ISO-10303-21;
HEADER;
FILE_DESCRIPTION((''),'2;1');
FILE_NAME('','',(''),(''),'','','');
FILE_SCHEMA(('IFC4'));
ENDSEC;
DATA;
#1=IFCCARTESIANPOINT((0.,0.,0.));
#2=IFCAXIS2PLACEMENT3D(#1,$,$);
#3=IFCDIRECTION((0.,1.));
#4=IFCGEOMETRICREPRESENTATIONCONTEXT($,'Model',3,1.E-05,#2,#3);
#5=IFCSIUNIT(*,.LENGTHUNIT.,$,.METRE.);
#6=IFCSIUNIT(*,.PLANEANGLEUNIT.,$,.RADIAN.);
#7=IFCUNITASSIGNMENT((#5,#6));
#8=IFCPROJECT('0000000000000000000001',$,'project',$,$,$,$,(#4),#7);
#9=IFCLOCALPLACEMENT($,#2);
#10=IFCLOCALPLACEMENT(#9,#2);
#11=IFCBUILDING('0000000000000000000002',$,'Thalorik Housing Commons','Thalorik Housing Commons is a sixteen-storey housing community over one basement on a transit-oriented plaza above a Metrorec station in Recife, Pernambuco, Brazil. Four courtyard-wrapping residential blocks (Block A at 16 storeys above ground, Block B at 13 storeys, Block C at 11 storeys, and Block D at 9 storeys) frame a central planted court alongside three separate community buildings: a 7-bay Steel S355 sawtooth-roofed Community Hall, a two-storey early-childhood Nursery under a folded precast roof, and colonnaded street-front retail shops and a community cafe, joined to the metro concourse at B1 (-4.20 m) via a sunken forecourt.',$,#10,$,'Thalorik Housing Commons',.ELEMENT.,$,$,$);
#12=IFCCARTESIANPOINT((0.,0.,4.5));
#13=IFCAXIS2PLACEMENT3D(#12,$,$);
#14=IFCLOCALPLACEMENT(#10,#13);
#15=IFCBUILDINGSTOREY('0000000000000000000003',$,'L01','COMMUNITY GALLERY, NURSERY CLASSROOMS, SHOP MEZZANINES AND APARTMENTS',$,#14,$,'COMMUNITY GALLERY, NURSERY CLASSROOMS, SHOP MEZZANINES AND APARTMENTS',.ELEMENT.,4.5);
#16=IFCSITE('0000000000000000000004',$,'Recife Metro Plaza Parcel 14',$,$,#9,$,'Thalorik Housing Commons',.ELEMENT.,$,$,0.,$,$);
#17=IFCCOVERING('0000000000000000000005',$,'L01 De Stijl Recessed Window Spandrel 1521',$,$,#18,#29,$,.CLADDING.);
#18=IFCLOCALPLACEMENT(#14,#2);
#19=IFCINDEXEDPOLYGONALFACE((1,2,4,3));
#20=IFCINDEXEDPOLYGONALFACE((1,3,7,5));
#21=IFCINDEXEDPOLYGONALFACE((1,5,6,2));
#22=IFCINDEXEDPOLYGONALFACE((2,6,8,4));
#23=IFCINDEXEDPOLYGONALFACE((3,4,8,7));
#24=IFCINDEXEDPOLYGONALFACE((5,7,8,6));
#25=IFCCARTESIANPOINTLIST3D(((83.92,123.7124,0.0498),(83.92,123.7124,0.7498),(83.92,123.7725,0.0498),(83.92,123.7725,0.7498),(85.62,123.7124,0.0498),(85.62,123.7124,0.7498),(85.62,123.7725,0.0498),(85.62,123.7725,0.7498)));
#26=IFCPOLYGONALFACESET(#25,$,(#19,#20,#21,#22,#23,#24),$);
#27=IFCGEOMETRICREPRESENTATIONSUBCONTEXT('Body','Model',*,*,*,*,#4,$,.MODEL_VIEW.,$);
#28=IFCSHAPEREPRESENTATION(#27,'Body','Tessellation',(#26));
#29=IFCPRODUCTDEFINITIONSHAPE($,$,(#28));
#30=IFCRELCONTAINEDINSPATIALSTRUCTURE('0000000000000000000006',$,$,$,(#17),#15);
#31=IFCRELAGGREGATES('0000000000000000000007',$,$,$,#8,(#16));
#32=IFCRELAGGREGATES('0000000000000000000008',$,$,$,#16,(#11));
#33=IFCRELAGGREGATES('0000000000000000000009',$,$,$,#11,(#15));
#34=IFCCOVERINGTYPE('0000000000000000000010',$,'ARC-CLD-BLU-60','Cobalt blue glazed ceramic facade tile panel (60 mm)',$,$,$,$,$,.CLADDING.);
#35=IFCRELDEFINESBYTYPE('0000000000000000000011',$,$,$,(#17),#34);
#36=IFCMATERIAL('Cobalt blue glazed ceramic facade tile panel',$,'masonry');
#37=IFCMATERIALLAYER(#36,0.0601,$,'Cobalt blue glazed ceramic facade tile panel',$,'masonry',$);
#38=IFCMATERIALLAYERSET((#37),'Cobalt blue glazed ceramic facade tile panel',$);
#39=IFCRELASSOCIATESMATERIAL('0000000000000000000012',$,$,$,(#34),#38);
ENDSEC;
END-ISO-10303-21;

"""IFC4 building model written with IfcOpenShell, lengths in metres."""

from ifc_helpers import new_model, si_unit, direction, frame, origin, origin_2d, place, context, subcontext, project, spatial, rectangle, extrude, material, layer, layer_set, type_object, element, save


model = new_model("IFC4")

# Units and contexts
model_context = context("Model", 3, precision=1e-05, world=origin(), true_north=direction((0.0, 1.0)))
body_context = subcontext(model_context, "Body", "Model", "MODEL_VIEW")
ifc_project = project(units=[si_unit("LENGTHUNIT", "METRE"), si_unit("PLANEANGLEUNIT", "RADIAN")], contexts=[model_context])

# Site, building, storey
site_placement = place(None, origin())
site = spatial("IfcSite", under=ifc_project, at=site_placement, Name="Recife Metro Plaza Parcel 14", LongName="Thalorik Housing Commons", CompositionType="ELEMENT", RefElevation=0.0)
building_placement = place(site_placement, origin())
building = spatial("IfcBuilding", under=site, at=building_placement, Name="Thalorik Housing Commons", Description="Thalorik Housing Commons is a sixteen-storey housing community over one basement on a transit-oriented plaza above a Metrorec station in Recife, Pernambuco, Brazil. Four courtyard-wrapping residential blocks (Block A at 16 storeys above ground, Block B at 13 storeys, Block C at 11 storeys, and Block D at 9 storeys) frame a central planted court alongside three separate community buildings: a 7-bay Steel S355 sawtooth-roofed Community Hall, a two-storey early-childhood Nursery under a folded precast roof, and colonnaded street-front retail shops and a community cafe, joined to the metro concourse at B1 (-4.20 m) via a sunken forecourt.", LongName="Thalorik Housing Commons", CompositionType="ELEMENT")
storey_placement = place(building_placement, frame((0.0, 0.0, 4.5)))
storey = spatial("IfcBuildingStorey", under=building, at=storey_placement, Name="L01", Description="COMMUNITY GALLERY, NURSERY CLASSROOMS, SHOP MEZZANINES AND APARTMENTS", LongName="COMMUNITY GALLERY, NURSERY CLASSROOMS, SHOP MEZZANINES AND APARTMENTS", CompositionType="ELEMENT", Elevation=4.5)

# Covering
ifc_material_1 = material(Name="Cobalt blue glazed ceramic facade tile panel", Category="masonry")
ifc_layer_1 = layer(ifc_material_1, 0.0601, Name="Cobalt blue glazed ceramic facade tile panel", Category="masonry")
ifc_layer_set_1 = layer_set([ifc_layer_1], Name="Cobalt blue glazed ceramic facade tile panel")
covering_type_1 = type_object("IfcCoveringType", Name="ARC-CLD-BLU-60", Description="Cobalt blue glazed ceramic facade tile panel (60 mm)", PredefinedType="CLADDING", material=ifc_layer_set_1)
covering_1_placement = place(storey_placement, frame((84.77, 123.7424, 0.0498), z_axis=(0.0, 0.0, 1.0), x_axis=(-1.0, 0.0, 0.0)))
element("IfcCovering", 1, at=covering_1_placement, inside=storey, type_object=covering_type_1, Name="L01 De Stijl Recessed Window Spandrel 1521", PredefinedType="CLADDING", context=body_context, shape_type="SweptSolid", body=[
    extrude(rectangle(XDim=1.7, YDim=0.0601, at=origin_2d()), origin(), (0.0, 0.0, 1.0), 0.7),
])

save(model, "model.ifc")
